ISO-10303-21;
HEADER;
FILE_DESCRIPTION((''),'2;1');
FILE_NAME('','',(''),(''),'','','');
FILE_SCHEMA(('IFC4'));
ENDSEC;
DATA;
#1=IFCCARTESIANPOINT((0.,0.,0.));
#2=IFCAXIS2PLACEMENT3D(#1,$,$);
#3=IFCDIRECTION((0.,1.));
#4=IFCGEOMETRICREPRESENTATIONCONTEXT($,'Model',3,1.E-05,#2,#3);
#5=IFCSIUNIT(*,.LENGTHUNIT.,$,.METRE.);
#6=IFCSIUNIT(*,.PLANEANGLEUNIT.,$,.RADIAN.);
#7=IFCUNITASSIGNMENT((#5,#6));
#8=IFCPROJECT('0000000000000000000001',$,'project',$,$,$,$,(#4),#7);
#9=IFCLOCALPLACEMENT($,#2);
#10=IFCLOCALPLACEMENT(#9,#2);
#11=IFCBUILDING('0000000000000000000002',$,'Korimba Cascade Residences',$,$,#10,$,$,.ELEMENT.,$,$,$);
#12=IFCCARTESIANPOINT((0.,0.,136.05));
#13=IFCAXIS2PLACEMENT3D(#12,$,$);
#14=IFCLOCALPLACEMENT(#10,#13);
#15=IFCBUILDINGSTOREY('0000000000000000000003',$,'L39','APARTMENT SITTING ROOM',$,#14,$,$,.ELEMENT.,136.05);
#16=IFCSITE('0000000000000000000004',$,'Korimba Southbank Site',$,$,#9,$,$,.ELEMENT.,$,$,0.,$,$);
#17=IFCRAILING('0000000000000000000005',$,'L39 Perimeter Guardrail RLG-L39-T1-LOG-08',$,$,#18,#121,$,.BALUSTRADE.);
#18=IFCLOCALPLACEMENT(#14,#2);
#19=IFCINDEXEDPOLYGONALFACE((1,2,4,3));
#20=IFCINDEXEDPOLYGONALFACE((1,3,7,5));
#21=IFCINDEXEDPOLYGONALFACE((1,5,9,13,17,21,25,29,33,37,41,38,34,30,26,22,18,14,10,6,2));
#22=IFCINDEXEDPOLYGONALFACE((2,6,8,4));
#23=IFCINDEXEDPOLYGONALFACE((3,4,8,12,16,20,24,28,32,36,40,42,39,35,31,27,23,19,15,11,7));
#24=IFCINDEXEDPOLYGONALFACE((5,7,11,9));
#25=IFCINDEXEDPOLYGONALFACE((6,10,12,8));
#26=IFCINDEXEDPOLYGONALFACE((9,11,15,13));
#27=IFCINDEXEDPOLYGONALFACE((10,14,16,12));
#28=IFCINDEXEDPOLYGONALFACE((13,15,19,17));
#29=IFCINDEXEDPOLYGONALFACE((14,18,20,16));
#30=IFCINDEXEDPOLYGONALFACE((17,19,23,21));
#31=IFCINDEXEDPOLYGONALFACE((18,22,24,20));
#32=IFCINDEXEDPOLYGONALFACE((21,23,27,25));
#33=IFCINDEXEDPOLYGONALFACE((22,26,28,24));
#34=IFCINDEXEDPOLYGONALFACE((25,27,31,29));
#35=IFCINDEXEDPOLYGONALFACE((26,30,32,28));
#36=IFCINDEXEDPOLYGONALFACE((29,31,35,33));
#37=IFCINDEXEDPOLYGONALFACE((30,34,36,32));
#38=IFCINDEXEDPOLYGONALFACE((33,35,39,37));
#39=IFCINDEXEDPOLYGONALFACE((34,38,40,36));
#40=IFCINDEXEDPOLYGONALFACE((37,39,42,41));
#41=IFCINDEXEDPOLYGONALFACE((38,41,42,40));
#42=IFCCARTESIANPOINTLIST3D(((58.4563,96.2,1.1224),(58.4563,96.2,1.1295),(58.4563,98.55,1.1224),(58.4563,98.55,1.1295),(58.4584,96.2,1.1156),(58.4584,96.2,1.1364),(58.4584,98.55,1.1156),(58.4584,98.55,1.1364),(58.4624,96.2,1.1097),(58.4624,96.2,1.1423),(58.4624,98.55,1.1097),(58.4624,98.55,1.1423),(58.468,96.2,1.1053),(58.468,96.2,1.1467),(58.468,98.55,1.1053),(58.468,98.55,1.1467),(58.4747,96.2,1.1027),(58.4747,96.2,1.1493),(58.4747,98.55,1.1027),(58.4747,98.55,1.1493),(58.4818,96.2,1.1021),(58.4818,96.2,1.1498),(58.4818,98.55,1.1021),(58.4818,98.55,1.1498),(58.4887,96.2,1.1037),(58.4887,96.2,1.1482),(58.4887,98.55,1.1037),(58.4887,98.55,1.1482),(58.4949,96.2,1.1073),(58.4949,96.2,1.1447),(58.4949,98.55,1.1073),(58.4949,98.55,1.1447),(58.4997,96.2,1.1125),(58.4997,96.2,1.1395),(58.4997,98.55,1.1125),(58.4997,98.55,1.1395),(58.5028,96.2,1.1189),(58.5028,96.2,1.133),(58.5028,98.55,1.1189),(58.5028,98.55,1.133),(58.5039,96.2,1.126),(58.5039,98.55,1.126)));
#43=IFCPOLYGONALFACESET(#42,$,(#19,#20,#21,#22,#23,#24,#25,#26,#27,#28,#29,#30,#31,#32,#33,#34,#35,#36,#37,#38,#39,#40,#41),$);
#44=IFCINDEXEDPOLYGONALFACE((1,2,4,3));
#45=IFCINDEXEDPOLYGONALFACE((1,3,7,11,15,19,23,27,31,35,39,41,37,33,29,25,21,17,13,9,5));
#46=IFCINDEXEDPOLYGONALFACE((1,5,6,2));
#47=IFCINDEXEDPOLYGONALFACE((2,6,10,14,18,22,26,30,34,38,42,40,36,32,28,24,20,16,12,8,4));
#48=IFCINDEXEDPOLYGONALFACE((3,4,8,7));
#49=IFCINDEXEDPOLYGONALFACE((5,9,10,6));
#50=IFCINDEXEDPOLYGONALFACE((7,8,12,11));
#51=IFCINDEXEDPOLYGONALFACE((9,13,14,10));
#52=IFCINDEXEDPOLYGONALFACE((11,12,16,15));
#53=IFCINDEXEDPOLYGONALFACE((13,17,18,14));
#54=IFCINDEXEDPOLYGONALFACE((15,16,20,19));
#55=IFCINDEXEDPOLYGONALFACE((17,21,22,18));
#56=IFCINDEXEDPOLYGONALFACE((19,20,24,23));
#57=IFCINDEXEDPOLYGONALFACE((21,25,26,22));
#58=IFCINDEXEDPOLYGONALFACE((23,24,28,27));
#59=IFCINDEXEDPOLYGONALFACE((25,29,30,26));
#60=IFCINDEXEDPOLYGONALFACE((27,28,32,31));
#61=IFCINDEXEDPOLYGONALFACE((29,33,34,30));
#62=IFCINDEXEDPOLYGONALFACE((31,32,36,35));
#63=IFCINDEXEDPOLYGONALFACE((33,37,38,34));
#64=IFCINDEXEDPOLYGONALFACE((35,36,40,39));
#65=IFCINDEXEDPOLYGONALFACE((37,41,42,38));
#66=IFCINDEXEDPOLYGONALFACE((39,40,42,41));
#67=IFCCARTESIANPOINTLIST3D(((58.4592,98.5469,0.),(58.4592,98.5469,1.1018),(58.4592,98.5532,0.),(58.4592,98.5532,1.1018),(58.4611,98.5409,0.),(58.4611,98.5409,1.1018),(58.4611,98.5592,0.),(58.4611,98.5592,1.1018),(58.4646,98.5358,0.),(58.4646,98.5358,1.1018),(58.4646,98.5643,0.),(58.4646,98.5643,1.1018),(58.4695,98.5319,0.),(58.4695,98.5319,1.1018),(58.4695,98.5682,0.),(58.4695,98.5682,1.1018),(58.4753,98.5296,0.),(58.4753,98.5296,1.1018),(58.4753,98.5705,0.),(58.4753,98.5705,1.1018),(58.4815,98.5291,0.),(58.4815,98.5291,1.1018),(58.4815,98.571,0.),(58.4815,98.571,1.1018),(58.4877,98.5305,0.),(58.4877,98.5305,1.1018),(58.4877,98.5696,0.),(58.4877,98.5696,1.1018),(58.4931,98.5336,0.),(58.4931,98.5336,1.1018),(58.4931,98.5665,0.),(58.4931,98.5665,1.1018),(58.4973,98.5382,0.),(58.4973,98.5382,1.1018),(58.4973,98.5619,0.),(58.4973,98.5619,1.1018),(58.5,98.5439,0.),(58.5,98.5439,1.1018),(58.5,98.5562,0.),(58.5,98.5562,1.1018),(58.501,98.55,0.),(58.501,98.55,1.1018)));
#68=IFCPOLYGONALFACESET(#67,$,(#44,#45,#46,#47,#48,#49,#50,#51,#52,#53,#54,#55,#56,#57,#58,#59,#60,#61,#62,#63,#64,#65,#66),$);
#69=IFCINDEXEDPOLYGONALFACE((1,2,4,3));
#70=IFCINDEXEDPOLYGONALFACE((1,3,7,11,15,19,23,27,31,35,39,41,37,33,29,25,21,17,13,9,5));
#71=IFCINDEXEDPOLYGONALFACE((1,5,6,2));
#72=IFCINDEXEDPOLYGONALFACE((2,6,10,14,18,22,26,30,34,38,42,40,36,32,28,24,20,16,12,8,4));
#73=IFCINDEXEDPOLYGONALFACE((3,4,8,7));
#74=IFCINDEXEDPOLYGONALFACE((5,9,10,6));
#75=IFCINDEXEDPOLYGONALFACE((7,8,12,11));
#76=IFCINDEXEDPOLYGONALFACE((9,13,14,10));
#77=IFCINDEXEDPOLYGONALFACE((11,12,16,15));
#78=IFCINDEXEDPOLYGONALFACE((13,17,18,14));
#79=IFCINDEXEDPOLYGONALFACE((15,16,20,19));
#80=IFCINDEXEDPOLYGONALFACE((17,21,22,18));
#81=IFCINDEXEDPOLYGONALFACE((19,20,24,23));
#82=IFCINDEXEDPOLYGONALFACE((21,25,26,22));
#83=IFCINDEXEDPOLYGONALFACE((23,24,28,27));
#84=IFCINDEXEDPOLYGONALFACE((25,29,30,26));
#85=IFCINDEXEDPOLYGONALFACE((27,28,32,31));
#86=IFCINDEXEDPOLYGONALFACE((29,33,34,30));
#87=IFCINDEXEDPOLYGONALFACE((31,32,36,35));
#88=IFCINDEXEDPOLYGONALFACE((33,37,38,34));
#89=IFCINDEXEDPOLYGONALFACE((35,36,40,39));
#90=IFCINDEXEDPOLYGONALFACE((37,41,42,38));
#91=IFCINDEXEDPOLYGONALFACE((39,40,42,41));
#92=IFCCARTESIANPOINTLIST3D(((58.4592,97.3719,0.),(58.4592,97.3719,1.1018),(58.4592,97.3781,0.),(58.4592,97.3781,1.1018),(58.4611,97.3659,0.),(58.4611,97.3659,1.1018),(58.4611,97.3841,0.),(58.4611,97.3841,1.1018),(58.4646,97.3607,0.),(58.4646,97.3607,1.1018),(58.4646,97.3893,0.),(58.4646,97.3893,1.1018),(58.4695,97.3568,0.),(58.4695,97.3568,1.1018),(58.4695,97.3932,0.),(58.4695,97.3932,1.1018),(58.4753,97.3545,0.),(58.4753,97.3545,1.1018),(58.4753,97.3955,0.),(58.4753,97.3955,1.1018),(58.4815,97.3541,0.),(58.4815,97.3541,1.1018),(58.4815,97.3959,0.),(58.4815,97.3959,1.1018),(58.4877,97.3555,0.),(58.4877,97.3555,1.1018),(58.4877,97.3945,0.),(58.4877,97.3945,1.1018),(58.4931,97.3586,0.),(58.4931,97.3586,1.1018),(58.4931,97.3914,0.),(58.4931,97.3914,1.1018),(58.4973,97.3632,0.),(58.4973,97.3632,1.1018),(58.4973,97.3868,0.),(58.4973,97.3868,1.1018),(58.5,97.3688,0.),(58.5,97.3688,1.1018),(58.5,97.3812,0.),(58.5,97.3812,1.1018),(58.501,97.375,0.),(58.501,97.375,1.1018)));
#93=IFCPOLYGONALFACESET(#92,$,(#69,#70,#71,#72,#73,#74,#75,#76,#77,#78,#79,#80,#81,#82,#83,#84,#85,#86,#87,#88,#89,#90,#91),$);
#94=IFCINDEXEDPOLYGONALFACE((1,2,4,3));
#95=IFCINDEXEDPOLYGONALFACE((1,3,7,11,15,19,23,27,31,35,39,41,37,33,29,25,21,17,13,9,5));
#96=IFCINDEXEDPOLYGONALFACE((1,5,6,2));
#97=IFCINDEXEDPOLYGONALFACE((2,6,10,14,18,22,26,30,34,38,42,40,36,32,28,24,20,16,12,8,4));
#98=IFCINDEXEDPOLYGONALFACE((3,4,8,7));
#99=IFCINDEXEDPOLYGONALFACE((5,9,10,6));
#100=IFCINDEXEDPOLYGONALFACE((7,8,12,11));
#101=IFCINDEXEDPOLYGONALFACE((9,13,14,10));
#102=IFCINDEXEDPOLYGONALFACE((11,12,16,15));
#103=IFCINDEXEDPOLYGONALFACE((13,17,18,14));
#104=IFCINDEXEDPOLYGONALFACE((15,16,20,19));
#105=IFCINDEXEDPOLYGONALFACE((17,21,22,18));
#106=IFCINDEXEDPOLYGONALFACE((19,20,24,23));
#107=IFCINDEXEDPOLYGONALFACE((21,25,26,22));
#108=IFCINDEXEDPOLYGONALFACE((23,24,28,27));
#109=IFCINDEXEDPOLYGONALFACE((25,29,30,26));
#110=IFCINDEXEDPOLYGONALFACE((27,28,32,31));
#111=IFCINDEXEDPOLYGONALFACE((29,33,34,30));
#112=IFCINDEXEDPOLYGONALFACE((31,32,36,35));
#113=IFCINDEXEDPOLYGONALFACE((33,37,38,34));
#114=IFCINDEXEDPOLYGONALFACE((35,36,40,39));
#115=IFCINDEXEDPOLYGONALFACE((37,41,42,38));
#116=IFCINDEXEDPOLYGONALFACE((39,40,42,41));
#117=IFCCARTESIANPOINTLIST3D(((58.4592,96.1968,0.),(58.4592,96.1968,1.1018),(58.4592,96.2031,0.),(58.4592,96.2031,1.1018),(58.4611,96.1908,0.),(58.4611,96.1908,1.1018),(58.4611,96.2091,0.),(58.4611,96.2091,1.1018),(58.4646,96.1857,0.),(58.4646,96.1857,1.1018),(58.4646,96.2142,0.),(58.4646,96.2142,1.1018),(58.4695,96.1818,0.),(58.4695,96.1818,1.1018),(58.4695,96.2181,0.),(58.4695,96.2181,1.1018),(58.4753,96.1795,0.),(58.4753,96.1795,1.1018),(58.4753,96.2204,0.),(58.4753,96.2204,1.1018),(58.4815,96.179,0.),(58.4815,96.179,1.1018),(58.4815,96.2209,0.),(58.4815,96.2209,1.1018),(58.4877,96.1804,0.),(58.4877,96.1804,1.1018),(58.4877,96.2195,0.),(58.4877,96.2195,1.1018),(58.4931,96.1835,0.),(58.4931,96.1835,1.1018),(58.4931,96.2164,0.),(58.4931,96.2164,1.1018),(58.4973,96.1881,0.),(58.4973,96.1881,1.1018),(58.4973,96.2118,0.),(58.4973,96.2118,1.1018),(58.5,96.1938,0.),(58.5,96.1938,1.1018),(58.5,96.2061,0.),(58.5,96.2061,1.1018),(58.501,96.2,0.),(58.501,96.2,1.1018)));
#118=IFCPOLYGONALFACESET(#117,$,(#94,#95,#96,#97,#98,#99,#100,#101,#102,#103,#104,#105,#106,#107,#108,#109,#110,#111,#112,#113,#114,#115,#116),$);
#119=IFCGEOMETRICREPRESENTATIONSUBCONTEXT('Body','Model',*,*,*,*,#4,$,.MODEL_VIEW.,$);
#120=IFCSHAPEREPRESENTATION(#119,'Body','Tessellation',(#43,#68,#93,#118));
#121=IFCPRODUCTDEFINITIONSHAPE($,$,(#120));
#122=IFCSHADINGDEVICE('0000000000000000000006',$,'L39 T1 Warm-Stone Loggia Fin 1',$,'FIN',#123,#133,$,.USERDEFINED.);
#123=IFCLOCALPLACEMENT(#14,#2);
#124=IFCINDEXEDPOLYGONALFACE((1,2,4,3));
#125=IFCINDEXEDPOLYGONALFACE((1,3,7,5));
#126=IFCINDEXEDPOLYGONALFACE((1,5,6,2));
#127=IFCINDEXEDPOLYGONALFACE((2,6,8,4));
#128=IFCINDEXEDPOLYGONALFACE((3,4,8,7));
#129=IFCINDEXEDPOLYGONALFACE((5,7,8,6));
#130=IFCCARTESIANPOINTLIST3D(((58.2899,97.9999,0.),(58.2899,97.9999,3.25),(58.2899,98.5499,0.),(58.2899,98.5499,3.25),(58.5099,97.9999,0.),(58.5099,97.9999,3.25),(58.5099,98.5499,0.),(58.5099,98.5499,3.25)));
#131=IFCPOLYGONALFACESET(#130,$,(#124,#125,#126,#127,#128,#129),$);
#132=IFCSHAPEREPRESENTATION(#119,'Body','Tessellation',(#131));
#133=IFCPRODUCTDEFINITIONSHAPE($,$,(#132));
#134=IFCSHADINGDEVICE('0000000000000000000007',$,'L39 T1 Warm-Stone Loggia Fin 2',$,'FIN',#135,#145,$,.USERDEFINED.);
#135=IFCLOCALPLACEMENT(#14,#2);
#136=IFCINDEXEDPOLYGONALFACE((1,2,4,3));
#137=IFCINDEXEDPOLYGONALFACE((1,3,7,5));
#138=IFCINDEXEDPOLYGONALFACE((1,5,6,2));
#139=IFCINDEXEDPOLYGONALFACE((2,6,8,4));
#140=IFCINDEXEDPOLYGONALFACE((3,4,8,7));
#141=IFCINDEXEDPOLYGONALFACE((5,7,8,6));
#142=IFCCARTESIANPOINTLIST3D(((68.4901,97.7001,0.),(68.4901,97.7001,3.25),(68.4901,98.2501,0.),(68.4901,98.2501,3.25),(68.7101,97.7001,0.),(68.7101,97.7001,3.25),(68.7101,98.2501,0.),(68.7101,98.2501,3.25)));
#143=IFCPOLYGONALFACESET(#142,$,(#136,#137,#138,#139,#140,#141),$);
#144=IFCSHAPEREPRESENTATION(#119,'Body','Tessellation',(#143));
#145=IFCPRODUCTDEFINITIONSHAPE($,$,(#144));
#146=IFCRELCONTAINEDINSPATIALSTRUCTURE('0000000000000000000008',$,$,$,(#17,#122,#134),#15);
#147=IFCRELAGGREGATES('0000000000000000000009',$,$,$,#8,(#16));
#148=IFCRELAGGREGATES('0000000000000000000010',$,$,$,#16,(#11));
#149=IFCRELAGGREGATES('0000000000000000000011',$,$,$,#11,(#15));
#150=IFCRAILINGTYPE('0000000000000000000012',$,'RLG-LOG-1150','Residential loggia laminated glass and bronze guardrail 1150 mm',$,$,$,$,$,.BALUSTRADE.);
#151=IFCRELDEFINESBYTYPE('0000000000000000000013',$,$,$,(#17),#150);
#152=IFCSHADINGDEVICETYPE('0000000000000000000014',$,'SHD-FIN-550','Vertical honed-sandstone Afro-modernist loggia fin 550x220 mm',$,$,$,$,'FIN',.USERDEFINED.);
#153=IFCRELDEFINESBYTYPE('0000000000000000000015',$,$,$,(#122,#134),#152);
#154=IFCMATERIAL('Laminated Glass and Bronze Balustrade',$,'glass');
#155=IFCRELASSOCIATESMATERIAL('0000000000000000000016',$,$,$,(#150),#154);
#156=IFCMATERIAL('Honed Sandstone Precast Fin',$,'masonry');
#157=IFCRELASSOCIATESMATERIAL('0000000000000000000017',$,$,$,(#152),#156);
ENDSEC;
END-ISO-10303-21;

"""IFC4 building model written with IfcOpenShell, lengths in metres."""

from ifc_helpers import new_model, si_unit, direction, frame, origin, origin_2d, place, context, subcontext, project, spatial, rectangle, circle, extrude, material, type_object, element, save


model = new_model("IFC4")

# Units and contexts
model_context = context("Model", 3, precision=1e-05, world=origin(), true_north=direction((0.0, 1.0)))
body_context = subcontext(model_context, "Body", "Model", "MODEL_VIEW")
ifc_project = project(units=[si_unit("LENGTHUNIT", "METRE"), si_unit("PLANEANGLEUNIT", "RADIAN")], contexts=[model_context])

# Site, building, storey
site_placement = place(None, origin())
site = spatial("IfcSite", under=ifc_project, at=site_placement, Name="Korimba Southbank Site", CompositionType="ELEMENT", RefElevation=0.0)
building_placement = place(site_placement, origin())
building = spatial("IfcBuilding", under=site, at=building_placement, Name="Korimba Cascade Residences", CompositionType="ELEMENT")
storey_placement = place(building_placement, frame((0.0, 0.0, 136.05)))
storey = spatial("IfcBuildingStorey", under=building, at=storey_placement, Name="L39", Description="APARTMENT SITTING ROOM", CompositionType="ELEMENT", Elevation=136.05)

# Railing
ifc_material_1 = material(Name="Laminated Glass and Bronze Balustrade", Category="glass")
railing_type = type_object("IfcRailingType", Name="RLG-LOG-1150", Description="Residential loggia laminated glass and bronze guardrail 1150 mm", PredefinedType="BALUSTRADE", material=ifc_material_1)
railing_1_placement = place(storey_placement, frame((58.48, 98.55, 0.0)))
element("IfcRailing", 1, at=railing_1_placement, inside=storey, type_object=railing_type, Name="L39 Perimeter Guardrail RLG-L39-T1-LOG-08", PredefinedType="BALUSTRADE", context=body_context, shape_type="SweptSolid", body=[
    extrude(circle(Radius=0.0239, at=origin_2d()), frame((0.0, 0.0, 1.126), z_axis=(0.0, -1.0, 0.0), x_axis=(1.0, 0.0, 0.0)), (0.0, 0.0, 1.0), 2.3501),
    extrude(circle(Radius=0.021, at=origin_2d()), origin(), (0.0, 0.0, 1.0), 1.1018),
    extrude(circle(Radius=0.021, at=origin_2d()), frame((0.0, -1.175, 0.0)), (0.0, 0.0, 1.0), 1.1018),
    extrude(circle(Radius=0.021, at=origin_2d()), frame((0.0, -2.3501, 0.0)), (0.0, 0.0, 1.0), 1.1018),
])

# Shading devices
ifc_material_2 = material(Name="Honed Sandstone Precast Fin", Category="masonry")
shading_device_type = type_object("IfcShadingDeviceType", Name="SHD-FIN-550", Description="Vertical honed-sandstone Afro-modernist loggia fin 550x220 mm", ElementType="FIN", PredefinedType="USERDEFINED", material=ifc_material_2)
for number, where, z_axis, x_axis, name in (
    (2, (58.3999, 98.2749, 0.0), (0.0, 0.0, 1.0), (1.0, 0.0, 0.0), "L39 T1 Warm-Stone Loggia Fin 1"),
    (3, (68.6001, 97.9751, 0.0), (0.0, 0.0, 1.0), (1.0, 0.0, 0.0), "L39 T1 Warm-Stone Loggia Fin 2"),
):
    element("IfcShadingDevice", number, at=place(storey_placement, frame(where, z_axis=z_axis, x_axis=x_axis)), inside=storey, type_object=shading_device_type, Name=name, ObjectType="FIN", PredefinedType="USERDEFINED", context=body_context, shape_type="SweptSolid", body=[
        extrude(rectangle(XDim=0.22, YDim=0.55, at=origin_2d()), origin(), (0.0, 0.0, 1.0), 3.25),
    ])

save(model, "model.ifc")
